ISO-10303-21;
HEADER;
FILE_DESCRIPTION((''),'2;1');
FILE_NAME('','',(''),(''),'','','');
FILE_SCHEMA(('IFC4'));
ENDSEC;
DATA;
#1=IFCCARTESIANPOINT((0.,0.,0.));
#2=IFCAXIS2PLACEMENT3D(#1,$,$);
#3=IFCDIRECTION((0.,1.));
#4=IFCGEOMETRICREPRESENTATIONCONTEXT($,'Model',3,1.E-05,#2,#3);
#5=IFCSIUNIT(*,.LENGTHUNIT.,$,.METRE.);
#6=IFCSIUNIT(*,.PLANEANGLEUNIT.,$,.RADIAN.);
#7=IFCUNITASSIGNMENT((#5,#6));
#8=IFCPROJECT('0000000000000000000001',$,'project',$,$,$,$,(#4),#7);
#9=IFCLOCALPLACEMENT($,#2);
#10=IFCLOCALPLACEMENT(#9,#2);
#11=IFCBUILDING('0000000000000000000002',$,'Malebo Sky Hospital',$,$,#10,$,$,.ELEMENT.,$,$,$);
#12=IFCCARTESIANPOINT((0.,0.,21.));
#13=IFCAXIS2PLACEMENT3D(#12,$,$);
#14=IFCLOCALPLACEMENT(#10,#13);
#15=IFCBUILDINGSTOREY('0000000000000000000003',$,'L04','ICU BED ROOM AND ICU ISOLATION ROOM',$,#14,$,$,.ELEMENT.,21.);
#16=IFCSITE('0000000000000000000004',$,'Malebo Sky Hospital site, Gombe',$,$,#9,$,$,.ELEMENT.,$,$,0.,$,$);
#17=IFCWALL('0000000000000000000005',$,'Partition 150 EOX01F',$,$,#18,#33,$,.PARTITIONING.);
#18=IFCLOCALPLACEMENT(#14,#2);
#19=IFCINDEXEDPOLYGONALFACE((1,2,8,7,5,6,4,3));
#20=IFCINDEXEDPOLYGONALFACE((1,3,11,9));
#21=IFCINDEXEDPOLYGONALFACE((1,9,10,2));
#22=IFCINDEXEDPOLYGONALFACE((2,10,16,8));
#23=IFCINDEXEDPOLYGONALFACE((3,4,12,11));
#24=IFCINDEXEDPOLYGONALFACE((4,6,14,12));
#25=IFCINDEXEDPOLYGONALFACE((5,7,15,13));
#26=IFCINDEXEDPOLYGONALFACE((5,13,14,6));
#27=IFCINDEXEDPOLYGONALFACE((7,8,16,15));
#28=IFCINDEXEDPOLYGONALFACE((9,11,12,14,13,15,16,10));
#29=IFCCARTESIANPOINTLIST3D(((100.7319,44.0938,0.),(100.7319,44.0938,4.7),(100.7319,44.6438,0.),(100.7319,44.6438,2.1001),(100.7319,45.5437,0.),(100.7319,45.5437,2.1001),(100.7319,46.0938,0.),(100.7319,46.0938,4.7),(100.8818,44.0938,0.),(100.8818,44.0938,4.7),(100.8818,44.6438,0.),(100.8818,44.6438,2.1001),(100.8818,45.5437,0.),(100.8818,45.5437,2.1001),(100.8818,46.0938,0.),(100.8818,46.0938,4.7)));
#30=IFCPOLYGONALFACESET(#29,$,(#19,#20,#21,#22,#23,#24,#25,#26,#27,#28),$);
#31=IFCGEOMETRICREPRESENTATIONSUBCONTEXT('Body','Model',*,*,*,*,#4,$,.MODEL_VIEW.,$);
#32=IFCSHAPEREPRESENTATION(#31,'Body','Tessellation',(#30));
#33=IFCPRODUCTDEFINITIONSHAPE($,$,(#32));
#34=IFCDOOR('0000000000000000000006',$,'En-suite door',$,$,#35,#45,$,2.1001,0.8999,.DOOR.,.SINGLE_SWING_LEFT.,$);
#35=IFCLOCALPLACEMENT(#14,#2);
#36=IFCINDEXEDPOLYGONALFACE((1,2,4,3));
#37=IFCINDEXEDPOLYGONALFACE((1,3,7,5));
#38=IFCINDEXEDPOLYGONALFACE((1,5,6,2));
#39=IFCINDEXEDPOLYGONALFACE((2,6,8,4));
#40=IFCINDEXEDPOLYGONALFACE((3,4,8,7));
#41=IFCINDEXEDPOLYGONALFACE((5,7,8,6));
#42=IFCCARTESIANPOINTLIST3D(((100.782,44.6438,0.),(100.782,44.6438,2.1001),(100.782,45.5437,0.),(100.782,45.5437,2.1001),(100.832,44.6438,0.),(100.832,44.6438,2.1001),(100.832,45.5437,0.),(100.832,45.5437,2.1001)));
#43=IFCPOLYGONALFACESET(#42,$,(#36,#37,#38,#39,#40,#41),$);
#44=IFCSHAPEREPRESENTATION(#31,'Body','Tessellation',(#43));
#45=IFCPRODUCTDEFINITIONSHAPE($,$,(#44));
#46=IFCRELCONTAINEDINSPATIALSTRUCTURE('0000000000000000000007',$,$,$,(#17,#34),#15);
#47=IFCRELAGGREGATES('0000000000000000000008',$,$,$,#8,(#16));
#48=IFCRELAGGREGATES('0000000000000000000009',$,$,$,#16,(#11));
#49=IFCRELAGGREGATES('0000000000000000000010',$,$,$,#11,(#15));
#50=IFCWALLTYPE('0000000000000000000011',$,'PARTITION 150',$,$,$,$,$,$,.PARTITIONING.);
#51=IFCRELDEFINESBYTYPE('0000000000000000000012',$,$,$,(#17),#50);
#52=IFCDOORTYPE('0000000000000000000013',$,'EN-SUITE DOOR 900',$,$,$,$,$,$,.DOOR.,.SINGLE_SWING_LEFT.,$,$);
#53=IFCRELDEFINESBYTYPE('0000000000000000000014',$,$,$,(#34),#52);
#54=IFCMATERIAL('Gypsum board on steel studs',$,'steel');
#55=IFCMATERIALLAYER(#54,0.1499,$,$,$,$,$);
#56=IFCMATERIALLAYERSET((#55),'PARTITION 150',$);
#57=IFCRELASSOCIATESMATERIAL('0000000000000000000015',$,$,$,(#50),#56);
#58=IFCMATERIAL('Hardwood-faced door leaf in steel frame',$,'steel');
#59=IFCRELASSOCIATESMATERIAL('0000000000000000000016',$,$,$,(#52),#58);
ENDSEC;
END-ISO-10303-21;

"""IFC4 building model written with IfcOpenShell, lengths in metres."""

from ifc_helpers import new_model, si_unit, direction, frame, frame_2d, origin, place, context, subcontext, project, spatial, rectangle, extrude, material, layer, layer_set, type_object, element, fill, save


model = new_model("IFC4")

# Units and contexts
model_context = context("Model", 3, precision=1e-05, world=origin(), true_north=direction((0.0, 1.0)))
body_context = subcontext(model_context, "Body", "Model", "MODEL_VIEW")
ifc_project = project(units=[si_unit("LENGTHUNIT", "METRE"), si_unit("PLANEANGLEUNIT", "RADIAN")], contexts=[model_context])

# Site, building, storey
site_placement = place(None, origin())
site = spatial("IfcSite", under=ifc_project, at=site_placement, Name="Malebo Sky Hospital site, Gombe", CompositionType="ELEMENT", RefElevation=0.0)
building_placement = place(site_placement, origin())
building = spatial("IfcBuilding", under=site, at=building_placement, Name="Malebo Sky Hospital", CompositionType="ELEMENT")
storey_placement = place(building_placement, frame((0.0, 0.0, 21.0)))
storey = spatial("IfcBuildingStorey", under=building, at=storey_placement, Name="L04", Description="ICU BED ROOM AND ICU ISOLATION ROOM", CompositionType="ELEMENT", Elevation=21.0)

# Shared definitions
ifc_material_1 = material(Name="Gypsum board on steel studs", Category="steel")
ifc_layer_1 = layer(ifc_material_1, 0.1499)
ifc_layer_set_1 = layer_set([ifc_layer_1], Name="PARTITION 150")
wall_type = type_object("IfcWallType", Name="PARTITION 150", PredefinedType="PARTITIONING", material=ifc_layer_set_1)

# Shared definitions
ifc_material_2 = material(Name="Hardwood-faced door leaf in steel frame", Category="steel")
door_type = type_object("IfcDoorType", Name="EN-SUITE DOOR 900", OperationType="SINGLE_SWING_LEFT", PredefinedType="DOOR", material=ifc_material_2)

# Wall, opening, door
wall_1_placement = place(storey_placement, frame((100.8069, 44.0938, 0.0), z_axis=(0.0, 0.0, 1.0), x_axis=(0.0, 1.0, 0.0)))
wall_1 = element("IfcWall", 1, at=wall_1_placement, inside=storey, type_object=wall_type, Name="Partition 150 EOX01F", PredefinedType="PARTITIONING", context=body_context, shape_type="SweptSolid", body=[
    extrude(rectangle(XDim=2.0, YDim=0.1499, at=frame_2d((1.0, 0.0))), origin(), (0.0, 0.0, 1.0), 4.7),
])
opening_1_placement = place(wall_1_placement, frame((0.55, 0.0, 0.0)))
opening_1 = element("IfcOpeningElement", 2, at=opening_1_placement, cuts=wall_1, PredefinedType="OPENING", context=body_context, shape_type="SweptSolid", body=[
    extrude(rectangle(XDim=0.8999, YDim=2.1001, at=frame_2d((0.45, 1.05))), frame((0.0, 0.085, 0.0), z_axis=(0.0, -1.0, 0.0), x_axis=(1.0, 0.0, 0.0)), (0.0, 0.0, 1.0), 0.1699),
])
door_1_placement = place(opening_1_placement, origin())
door_1 = element("IfcDoor", 3, at=door_1_placement, inside=storey, type_object=door_type, Name="En-suite door", OperationType="SINGLE_SWING_LEFT", OverallHeight=2.1001, OverallWidth=0.8999, PredefinedType="DOOR", context=body_context, shape_type="SweptSolid", body=[
    extrude(rectangle(XDim=0.8999, YDim=2.1001, at=frame_2d((0.45, 1.05))), frame((0.0, 0.0249, 0.0), z_axis=(0.0, -1.0, 0.0), x_axis=(1.0, 0.0, 0.0)), (0.0, 0.0, 1.0), 0.05),
])
fill(opening_1, door_1)

save(model, "model.ifc")
